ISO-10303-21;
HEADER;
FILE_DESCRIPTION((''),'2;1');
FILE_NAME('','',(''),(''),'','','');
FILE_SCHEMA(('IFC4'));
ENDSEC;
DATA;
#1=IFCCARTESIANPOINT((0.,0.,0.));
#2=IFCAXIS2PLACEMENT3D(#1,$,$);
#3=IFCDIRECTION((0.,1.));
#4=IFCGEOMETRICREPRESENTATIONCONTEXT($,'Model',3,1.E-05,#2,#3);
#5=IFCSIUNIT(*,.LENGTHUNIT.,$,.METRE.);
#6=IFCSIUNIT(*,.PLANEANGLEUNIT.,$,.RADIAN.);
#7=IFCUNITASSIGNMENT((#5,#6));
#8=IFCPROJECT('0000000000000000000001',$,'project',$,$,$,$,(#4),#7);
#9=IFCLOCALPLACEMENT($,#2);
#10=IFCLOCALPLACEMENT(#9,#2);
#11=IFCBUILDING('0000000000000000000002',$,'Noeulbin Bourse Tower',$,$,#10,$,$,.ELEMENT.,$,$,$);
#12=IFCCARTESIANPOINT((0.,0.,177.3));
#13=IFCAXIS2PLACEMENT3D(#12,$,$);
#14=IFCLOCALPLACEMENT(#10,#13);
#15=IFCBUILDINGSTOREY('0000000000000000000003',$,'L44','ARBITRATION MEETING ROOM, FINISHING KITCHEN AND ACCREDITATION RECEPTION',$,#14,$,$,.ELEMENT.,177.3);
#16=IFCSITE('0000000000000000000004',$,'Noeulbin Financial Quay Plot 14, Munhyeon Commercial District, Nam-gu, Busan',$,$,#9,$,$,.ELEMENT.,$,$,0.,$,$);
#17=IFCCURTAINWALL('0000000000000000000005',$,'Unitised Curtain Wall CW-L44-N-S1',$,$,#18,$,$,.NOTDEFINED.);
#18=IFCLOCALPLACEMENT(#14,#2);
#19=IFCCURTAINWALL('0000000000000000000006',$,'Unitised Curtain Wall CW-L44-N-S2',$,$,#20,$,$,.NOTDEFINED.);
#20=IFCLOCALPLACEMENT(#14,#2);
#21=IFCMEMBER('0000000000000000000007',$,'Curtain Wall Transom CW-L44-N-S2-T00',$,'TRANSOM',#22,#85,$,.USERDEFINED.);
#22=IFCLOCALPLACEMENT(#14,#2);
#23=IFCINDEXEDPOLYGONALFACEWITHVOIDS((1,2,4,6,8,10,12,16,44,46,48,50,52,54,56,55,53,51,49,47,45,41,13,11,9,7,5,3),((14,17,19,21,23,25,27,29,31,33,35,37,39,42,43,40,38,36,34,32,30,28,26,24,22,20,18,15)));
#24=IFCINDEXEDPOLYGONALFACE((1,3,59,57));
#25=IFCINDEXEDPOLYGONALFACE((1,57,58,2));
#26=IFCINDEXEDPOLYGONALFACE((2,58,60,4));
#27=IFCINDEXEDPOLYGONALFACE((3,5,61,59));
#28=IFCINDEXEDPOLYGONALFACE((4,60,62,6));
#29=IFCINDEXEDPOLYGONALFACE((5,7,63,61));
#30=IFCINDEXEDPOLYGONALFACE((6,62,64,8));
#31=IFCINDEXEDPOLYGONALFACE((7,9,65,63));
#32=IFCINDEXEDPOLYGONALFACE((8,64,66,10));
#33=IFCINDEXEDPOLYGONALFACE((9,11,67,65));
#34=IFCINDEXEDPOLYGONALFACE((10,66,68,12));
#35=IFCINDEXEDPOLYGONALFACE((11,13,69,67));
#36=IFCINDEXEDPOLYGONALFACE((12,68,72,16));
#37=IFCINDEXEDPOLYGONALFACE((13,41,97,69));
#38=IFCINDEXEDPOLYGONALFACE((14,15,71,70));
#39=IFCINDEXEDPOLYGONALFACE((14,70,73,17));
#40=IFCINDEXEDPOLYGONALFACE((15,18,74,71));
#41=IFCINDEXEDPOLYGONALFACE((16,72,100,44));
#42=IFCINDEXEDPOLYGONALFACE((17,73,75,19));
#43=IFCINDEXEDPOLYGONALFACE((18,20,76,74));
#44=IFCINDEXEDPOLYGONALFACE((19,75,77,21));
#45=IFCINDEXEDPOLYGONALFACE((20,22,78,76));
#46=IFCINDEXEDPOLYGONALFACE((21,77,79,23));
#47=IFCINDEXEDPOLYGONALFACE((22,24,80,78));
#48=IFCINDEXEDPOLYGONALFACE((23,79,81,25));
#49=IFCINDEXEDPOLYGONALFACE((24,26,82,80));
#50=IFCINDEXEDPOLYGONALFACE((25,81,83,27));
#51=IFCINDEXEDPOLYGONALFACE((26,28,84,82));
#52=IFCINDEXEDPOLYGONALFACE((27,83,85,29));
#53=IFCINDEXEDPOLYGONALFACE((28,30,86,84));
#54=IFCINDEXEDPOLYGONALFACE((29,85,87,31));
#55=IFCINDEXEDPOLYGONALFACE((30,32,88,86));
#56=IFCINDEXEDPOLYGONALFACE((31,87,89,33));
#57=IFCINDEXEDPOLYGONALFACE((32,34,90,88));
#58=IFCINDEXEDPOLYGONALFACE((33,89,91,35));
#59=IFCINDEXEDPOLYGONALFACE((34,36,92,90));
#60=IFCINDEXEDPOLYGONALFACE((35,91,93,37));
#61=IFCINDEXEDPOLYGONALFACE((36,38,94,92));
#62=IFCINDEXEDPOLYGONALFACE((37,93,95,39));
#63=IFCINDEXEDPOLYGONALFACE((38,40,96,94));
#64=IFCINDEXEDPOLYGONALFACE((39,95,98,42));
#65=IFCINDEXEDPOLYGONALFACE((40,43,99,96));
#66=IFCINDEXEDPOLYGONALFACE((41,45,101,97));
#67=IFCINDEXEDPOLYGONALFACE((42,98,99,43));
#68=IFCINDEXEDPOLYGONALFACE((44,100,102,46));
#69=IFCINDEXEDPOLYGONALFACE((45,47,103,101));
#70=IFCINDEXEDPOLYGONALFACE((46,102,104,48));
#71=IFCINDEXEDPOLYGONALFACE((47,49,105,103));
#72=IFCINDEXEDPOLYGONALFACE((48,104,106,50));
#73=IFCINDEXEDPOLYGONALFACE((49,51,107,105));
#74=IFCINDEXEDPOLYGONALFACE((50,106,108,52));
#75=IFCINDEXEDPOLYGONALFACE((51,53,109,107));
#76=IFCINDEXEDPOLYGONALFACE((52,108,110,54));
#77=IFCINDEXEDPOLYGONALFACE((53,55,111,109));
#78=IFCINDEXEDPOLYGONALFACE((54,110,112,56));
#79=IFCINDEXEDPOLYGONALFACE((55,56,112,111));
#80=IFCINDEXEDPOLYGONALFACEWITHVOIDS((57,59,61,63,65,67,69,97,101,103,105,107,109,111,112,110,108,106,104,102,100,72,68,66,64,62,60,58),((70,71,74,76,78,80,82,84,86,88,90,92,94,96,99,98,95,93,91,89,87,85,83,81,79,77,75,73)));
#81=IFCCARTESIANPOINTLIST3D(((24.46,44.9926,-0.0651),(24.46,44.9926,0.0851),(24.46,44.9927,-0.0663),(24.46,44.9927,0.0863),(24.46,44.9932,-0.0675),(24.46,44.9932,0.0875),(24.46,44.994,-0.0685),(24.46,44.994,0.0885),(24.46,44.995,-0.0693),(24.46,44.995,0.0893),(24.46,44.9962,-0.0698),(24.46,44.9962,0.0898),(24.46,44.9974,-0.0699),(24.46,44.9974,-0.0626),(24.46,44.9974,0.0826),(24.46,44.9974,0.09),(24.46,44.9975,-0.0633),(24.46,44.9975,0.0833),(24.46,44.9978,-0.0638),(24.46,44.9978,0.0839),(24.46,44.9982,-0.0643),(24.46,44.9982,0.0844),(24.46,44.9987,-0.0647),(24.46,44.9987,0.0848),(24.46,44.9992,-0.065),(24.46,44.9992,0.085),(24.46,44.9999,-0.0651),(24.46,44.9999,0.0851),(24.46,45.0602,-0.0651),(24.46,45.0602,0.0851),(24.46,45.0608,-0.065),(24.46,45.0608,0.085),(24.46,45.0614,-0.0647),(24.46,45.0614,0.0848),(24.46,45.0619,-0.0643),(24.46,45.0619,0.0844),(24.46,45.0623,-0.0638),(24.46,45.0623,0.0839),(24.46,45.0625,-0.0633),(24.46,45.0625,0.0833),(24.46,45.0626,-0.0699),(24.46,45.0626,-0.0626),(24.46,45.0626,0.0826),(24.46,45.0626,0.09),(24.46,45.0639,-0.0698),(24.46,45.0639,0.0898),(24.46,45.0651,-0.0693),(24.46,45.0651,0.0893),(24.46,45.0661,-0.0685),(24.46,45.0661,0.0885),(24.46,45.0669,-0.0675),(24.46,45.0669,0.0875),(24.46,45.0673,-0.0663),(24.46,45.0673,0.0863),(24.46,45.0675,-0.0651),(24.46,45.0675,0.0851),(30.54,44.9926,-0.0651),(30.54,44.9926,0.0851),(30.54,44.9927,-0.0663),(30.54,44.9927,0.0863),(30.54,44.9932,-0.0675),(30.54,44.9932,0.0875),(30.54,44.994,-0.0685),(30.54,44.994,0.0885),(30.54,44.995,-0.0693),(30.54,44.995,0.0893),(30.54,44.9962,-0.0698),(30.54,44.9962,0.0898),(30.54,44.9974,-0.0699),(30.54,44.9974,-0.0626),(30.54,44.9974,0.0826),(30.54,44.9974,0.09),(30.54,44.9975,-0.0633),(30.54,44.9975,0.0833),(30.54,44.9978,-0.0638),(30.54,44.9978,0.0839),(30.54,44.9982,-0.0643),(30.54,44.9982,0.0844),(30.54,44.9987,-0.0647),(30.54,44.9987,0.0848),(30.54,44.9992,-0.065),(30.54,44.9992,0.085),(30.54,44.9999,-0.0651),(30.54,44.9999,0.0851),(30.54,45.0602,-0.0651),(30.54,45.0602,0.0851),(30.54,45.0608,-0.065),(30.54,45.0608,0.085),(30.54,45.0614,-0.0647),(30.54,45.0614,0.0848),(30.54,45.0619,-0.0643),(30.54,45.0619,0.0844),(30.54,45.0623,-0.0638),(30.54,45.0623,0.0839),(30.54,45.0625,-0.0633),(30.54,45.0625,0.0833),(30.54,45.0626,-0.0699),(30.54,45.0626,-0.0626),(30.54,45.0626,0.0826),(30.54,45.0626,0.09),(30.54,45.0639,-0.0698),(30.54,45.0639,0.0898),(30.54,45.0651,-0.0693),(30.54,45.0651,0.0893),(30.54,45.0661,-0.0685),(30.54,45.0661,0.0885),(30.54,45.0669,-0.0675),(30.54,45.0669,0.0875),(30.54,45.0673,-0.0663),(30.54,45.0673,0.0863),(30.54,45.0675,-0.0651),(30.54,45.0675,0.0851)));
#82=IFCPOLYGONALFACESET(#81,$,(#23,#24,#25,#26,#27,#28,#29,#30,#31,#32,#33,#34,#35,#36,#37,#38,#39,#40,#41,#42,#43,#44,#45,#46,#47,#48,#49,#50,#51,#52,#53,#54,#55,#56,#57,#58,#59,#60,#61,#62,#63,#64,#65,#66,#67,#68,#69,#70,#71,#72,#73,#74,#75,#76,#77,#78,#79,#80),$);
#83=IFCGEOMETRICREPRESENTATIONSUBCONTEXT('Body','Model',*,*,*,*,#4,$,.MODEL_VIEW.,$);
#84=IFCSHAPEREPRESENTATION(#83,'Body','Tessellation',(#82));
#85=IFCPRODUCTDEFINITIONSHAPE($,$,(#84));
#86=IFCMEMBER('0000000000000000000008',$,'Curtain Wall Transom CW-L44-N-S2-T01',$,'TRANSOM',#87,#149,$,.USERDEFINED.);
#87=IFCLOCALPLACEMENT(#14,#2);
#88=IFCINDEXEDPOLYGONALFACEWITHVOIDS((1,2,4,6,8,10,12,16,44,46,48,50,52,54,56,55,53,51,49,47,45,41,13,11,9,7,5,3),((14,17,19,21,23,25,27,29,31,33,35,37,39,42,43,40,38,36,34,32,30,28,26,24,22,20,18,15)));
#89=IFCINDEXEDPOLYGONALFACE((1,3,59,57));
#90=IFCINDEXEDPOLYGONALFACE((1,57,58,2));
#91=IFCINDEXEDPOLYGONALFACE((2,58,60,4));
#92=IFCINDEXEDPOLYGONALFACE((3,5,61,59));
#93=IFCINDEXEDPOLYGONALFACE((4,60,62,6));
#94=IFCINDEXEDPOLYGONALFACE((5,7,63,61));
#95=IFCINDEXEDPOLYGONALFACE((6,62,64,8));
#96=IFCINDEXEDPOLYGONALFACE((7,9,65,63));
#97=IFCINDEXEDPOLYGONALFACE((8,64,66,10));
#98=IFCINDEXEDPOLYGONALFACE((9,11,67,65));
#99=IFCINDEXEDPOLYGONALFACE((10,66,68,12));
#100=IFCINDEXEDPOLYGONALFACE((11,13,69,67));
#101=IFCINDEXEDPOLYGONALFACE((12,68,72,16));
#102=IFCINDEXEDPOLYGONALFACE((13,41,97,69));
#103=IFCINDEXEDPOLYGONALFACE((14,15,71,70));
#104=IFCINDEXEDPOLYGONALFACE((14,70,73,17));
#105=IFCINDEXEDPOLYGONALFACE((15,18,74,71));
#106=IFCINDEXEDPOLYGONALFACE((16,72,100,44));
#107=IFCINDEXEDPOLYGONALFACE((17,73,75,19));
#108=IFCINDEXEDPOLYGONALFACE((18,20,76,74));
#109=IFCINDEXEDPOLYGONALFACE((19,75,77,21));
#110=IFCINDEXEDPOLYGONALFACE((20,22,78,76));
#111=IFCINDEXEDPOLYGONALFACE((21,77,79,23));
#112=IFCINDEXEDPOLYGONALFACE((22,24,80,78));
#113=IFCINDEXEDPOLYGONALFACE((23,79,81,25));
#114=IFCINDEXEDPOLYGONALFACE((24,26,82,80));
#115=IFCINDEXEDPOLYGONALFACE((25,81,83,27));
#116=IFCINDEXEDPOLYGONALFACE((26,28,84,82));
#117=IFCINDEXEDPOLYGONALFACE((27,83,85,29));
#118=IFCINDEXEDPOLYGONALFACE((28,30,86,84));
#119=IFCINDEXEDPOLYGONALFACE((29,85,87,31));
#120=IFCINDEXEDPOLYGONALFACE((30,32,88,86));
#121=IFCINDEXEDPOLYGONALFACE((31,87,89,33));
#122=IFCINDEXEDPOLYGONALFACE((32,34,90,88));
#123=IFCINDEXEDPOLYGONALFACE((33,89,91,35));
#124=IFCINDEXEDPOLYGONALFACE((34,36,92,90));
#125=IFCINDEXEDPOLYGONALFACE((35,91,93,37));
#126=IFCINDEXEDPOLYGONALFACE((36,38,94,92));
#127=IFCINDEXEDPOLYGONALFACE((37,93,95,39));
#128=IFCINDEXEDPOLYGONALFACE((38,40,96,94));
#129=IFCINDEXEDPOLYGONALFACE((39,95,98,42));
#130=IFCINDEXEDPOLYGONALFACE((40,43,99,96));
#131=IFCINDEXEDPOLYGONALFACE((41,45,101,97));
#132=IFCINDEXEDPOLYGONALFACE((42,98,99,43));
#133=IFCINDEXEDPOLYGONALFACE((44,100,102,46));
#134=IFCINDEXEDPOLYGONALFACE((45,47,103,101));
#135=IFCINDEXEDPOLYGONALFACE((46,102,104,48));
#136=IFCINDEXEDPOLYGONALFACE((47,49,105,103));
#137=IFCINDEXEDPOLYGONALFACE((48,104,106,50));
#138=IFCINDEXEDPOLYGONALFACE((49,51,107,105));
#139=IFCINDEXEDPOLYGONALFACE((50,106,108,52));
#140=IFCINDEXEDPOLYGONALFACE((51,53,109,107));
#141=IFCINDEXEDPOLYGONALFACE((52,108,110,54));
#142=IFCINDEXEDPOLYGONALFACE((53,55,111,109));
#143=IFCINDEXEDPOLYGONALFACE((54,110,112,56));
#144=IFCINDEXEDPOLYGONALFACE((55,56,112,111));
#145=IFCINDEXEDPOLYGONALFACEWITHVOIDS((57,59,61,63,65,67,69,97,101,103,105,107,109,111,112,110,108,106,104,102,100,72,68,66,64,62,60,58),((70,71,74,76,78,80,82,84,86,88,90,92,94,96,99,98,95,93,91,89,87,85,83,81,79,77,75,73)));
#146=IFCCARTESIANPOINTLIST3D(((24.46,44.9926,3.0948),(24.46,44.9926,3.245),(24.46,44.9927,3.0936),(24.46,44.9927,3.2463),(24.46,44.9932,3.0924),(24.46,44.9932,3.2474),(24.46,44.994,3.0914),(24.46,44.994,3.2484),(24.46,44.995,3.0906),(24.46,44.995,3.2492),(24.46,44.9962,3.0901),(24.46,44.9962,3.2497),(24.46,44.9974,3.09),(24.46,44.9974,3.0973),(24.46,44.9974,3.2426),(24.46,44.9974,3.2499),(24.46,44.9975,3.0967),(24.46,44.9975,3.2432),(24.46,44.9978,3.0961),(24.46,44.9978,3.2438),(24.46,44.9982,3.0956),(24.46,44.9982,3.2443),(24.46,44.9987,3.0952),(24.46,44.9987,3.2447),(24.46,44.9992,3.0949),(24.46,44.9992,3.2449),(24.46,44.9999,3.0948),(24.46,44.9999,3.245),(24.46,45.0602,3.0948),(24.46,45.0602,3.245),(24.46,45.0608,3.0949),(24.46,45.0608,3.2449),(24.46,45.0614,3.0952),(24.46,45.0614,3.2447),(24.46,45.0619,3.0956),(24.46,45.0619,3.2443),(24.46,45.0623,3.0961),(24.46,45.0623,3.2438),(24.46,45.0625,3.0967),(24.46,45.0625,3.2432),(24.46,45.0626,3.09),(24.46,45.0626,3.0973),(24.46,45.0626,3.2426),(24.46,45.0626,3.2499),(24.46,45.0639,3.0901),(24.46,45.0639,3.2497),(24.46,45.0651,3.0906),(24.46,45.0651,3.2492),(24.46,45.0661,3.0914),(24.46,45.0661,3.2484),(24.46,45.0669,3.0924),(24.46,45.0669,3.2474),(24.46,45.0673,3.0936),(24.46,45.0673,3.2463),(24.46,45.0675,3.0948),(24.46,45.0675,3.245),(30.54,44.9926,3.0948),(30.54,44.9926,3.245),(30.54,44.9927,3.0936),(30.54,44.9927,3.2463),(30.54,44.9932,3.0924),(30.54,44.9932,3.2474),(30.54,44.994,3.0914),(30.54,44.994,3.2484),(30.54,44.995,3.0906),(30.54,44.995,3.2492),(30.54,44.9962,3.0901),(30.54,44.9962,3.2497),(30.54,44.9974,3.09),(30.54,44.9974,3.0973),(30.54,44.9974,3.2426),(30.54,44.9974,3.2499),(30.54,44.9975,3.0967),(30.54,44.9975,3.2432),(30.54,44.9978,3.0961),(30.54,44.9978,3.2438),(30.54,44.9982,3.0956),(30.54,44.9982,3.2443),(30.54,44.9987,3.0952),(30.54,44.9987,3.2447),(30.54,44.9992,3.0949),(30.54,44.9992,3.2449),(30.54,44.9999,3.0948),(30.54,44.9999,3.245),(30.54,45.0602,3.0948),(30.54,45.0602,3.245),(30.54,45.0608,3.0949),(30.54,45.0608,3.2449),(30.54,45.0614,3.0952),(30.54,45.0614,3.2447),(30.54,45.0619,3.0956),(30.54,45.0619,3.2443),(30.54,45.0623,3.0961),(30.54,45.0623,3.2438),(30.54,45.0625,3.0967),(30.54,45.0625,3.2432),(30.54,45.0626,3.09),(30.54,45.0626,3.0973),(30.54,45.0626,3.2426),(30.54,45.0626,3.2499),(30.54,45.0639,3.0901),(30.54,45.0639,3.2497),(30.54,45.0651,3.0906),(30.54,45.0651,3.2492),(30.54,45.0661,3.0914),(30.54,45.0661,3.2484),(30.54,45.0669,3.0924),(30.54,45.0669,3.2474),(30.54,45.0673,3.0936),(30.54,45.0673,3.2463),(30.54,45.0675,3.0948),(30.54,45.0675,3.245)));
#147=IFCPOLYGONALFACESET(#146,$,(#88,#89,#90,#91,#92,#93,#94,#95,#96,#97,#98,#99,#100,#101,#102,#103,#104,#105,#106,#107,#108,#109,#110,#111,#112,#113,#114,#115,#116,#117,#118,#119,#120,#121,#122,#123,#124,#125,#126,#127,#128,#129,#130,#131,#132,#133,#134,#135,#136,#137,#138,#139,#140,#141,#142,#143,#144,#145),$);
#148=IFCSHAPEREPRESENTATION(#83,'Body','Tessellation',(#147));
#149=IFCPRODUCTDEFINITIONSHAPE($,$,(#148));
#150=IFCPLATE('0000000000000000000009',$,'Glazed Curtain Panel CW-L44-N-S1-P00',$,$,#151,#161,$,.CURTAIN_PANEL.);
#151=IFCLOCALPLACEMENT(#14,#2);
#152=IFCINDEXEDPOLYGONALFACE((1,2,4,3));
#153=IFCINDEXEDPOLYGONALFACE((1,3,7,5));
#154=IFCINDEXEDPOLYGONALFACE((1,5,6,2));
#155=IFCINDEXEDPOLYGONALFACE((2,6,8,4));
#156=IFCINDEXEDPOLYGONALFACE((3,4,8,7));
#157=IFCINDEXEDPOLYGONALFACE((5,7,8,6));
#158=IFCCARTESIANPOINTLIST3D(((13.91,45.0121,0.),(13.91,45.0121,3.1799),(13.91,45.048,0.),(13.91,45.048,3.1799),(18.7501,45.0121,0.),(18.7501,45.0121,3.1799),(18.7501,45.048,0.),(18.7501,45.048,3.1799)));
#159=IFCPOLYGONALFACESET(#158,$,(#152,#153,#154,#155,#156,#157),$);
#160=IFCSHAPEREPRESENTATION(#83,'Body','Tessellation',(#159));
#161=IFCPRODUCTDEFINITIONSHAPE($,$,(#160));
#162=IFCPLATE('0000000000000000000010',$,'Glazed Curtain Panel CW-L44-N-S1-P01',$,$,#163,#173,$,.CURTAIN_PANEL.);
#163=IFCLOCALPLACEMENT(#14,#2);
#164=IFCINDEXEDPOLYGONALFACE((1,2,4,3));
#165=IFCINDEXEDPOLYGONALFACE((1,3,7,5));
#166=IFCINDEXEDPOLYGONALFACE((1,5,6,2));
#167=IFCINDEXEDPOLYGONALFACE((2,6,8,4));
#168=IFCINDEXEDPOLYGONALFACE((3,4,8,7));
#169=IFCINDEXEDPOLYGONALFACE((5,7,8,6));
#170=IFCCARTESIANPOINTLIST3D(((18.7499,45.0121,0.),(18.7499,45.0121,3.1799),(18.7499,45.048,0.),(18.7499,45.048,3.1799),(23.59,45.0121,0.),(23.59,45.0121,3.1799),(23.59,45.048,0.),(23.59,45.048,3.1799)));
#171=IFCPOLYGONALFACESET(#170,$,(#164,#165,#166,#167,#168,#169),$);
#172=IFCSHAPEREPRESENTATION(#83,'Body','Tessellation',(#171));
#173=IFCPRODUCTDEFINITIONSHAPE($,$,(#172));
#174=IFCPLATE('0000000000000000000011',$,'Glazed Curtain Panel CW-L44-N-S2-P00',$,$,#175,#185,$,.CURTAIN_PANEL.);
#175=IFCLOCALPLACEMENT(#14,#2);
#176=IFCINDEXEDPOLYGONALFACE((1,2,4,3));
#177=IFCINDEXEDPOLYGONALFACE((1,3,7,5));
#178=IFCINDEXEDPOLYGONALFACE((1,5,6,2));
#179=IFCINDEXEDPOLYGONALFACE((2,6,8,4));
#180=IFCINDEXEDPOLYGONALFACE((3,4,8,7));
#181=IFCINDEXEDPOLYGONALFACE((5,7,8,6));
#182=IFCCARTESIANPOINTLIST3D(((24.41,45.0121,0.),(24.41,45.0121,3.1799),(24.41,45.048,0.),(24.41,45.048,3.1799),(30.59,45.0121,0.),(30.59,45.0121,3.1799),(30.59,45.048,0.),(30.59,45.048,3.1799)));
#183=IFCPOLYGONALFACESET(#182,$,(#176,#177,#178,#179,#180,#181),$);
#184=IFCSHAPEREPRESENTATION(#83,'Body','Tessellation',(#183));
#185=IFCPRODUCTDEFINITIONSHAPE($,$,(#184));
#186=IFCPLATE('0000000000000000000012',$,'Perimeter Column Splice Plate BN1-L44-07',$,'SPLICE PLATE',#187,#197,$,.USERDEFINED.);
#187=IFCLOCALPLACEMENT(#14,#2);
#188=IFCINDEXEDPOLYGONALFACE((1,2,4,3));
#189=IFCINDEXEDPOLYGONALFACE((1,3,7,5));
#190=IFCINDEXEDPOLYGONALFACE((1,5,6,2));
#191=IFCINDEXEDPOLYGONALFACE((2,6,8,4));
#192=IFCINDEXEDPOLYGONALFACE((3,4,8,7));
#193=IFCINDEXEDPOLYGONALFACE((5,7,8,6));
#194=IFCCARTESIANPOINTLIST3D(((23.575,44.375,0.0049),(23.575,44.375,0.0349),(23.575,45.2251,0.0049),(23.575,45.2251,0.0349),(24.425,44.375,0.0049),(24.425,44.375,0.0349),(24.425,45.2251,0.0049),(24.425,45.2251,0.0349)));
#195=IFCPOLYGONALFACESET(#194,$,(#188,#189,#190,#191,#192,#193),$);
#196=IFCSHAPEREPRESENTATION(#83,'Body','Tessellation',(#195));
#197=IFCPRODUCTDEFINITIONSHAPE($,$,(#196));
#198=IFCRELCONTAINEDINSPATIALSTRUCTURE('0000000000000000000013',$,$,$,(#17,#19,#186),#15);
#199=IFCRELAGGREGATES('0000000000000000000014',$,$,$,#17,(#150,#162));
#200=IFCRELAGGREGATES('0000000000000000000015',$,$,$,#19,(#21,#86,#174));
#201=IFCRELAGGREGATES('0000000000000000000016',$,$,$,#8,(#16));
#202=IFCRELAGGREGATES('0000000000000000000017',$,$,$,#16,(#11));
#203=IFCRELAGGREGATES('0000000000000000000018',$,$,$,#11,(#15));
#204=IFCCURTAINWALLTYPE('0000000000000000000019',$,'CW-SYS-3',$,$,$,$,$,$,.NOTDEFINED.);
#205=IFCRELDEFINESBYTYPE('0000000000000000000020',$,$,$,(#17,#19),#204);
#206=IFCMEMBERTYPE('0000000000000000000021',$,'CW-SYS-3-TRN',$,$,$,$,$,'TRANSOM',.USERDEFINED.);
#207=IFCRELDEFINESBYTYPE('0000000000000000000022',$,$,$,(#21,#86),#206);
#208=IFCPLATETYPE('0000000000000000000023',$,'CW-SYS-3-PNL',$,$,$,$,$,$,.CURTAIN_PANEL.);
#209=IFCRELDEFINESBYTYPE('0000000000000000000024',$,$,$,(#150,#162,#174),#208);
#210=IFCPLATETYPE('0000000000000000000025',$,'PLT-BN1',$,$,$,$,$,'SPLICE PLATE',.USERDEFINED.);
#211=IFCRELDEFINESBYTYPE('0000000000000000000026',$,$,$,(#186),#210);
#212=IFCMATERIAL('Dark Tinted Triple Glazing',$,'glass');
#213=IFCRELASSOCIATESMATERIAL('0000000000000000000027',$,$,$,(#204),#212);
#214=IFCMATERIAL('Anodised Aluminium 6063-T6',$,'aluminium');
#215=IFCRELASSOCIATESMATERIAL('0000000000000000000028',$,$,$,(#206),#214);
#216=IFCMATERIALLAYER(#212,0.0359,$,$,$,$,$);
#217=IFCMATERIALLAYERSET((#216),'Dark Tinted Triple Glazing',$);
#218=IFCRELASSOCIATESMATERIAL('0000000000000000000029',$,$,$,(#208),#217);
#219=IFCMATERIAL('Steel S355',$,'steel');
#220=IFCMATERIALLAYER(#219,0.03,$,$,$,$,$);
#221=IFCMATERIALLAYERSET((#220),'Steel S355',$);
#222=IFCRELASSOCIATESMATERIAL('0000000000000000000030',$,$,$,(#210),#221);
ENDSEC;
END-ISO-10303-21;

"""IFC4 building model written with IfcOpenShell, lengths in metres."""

from ifc_helpers import new_model, si_unit, direction, frame, origin, origin_2d, place, context, subcontext, project, spatial, rectangle, hollow_rectangle, extrude, material, layer, layer_set, material_profile, profile_set, type_object, element, aggregate, save


model = new_model("IFC4")

# Units and contexts
model_context = context("Model", 3, precision=1e-05, world=origin(), true_north=direction((0.0, 1.0)))
body_context = subcontext(model_context, "Body", "Model", "MODEL_VIEW")
ifc_project = project(units=[si_unit("LENGTHUNIT", "METRE"), si_unit("PLANEANGLEUNIT", "RADIAN")], contexts=[model_context])

# Site, building, storey
site_placement = place(None, origin())
site = spatial("IfcSite", under=ifc_project, at=site_placement, Name="Noeulbin Financial Quay Plot 14, Munhyeon Commercial District, Nam-gu, Busan", CompositionType="ELEMENT", RefElevation=0.0)
building_placement = place(site_placement, origin())
building = spatial("IfcBuilding", under=site, at=building_placement, Name="Noeulbin Bourse Tower", CompositionType="ELEMENT")
storey_placement = place(building_placement, frame((0.0, 0.0, 177.3)))
storey = spatial("IfcBuildingStorey", under=building, at=storey_placement, Name="L44", Description="ARBITRATION MEETING ROOM, FINISHING KITCHEN AND ACCREDITATION RECEPTION", CompositionType="ELEMENT", Elevation=177.3)

# Shared definitions
ifc_material_1 = material(Name="Steel S355", Category="steel")

# Curtain walls, members
ifc_material_2 = material(Name="Dark Tinted Triple Glazing", Category="glass")
curtain_wall_type = type_object("IfcCurtainWallType", Name="CW-SYS-3", PredefinedType="NOTDEFINED", material=ifc_material_2)
curtain_wall_1_placement = place(storey_placement, origin())
curtain_wall_1 = element("IfcCurtainWall", 1, at=curtain_wall_1_placement, inside=storey, type_object=curtain_wall_type, Name="Unitised Curtain Wall CW-L44-N-S1", PredefinedType="NOTDEFINED")
ifc_material_3 = material(Name="Anodised Aluminium 6063-T6", Category="aluminium")
curtain_wall_2_placement = place(storey_placement, origin())
curtain_wall_2 = element("IfcCurtainWall", 2, at=curtain_wall_2_placement, inside=storey, type_object=curtain_wall_type, Name="Unitised Curtain Wall CW-L44-N-S2", PredefinedType="NOTDEFINED")
ifc_material_profile_1 = material_profile(ifc_material_3, hollow_rectangle(XDim=0.075, YDim=0.1599, WallThickness=0.0049, InnerFilletRadius=0.0024, OuterFilletRadius=0.0049, at=origin_2d()), Name="ALU-TRAN-75x160x5", Category="LoadBearing")
ifc_profile_set_1 = profile_set([ifc_material_profile_1], Name="Anodised Aluminium 6063-T6")
member_type_1 = type_object("IfcMemberType", Name="CW-SYS-3-TRN", ElementType="TRANSOM", PredefinedType="USERDEFINED", material=ifc_profile_set_1)
member_1_placement = place(storey_placement, frame((24.46, 45.03, 0.01), z_axis=(1.0, 0.0, 0.0), x_axis=(0.0, 1.0, 0.0)))
member_1 = element("IfcMember", 3, at=member_1_placement, type_object=member_type_1, Name="Curtain Wall Transom CW-L44-N-S2-T00", ObjectType="TRANSOM", PredefinedType="USERDEFINED", context=body_context, shape_type="SweptSolid", body=[
    extrude(hollow_rectangle(XDim=0.075, YDim=0.1599, WallThickness=0.0049, InnerFilletRadius=0.0024, OuterFilletRadius=0.0049, at=origin_2d()), origin(), (0.0, 0.0, 1.0), 6.0801),
])
member_2_placement = place(storey_placement, frame((24.46, 45.03, 3.1699), z_axis=(1.0, 0.0, 0.0), x_axis=(0.0, 1.0, 0.0)))
member_2 = element("IfcMember", 4, at=member_2_placement, type_object=member_type_1, Name="Curtain Wall Transom CW-L44-N-S2-T01", ObjectType="TRANSOM", PredefinedType="USERDEFINED", context=body_context, shape_type="SweptSolid", body=[
    extrude(hollow_rectangle(XDim=0.075, YDim=0.1599, WallThickness=0.0049, InnerFilletRadius=0.0024, OuterFilletRadius=0.0049, at=origin_2d()), origin(), (0.0, 0.0, 1.0), 6.0801),
])

# Plates
ifc_layer_1 = layer(ifc_material_2, 0.0359)
ifc_layer_set_1 = layer_set([ifc_layer_1], Name="Dark Tinted Triple Glazing")
plate_type_1 = type_object("IfcPlateType", Name="CW-SYS-3-PNL", PredefinedType="CURTAIN_PANEL", material=ifc_layer_set_1)
plate_1_placement = place(storey_placement, frame((16.3301, 45.03, 0.0), z_axis=(0.0, 0.0, 1.0), x_axis=(1.0, 0.0, 0.0)))
plate_1 = element("IfcPlate", 5, at=plate_1_placement, type_object=plate_type_1, Name="Glazed Curtain Panel CW-L44-N-S1-P00", PredefinedType="CURTAIN_PANEL", context=body_context, shape_type="SweptSolid", body=[
    extrude(rectangle(XDim=4.8401, YDim=0.0359, at=origin_2d()), origin(), (0.0, 0.0, 1.0), 3.1799),
])
plate_2_placement = place(storey_placement, frame((21.1699, 45.03, 0.0), z_axis=(0.0, 0.0, 1.0), x_axis=(1.0, 0.0, 0.0)))
plate_2 = element("IfcPlate", 6, at=plate_2_placement, type_object=plate_type_1, Name="Glazed Curtain Panel CW-L44-N-S1-P01", PredefinedType="CURTAIN_PANEL", context=body_context, shape_type="SweptSolid", body=[
    extrude(rectangle(XDim=4.8401, YDim=0.0359, at=origin_2d()), origin(), (0.0, 0.0, 1.0), 3.1799),
])
aggregate(curtain_wall_1, [plate_1, plate_2])
plate_3_placement = place(storey_placement, frame((27.5, 45.03, 0.0), z_axis=(0.0, 0.0, 1.0), x_axis=(1.0, 0.0, 0.0)))
plate_3 = element("IfcPlate", 7, at=plate_3_placement, type_object=plate_type_1, Name="Glazed Curtain Panel CW-L44-N-S2-P00", PredefinedType="CURTAIN_PANEL", context=body_context, shape_type="SweptSolid", body=[
    extrude(rectangle(XDim=6.1799, YDim=0.0359, at=origin_2d()), origin(), (0.0, 0.0, 1.0), 3.1799),
])
aggregate(curtain_wall_2, [member_1, member_2, plate_3])
ifc_layer_2 = layer(ifc_material_1, 0.03)
ifc_layer_set_2 = layer_set([ifc_layer_2], Name="Steel S355")
plate_type_2 = type_object("IfcPlateType", Name="PLT-BN1", ElementType="SPLICE PLATE", PredefinedType="USERDEFINED", material=ifc_layer_set_2)
plate_4_placement = place(storey_placement, frame((24.0, 44.8, 0.0049), z_axis=(0.0, 0.0, 1.0), x_axis=(1.0, 0.0, 0.0)))
element("IfcPlate", 8, at=plate_4_placement, inside=storey, type_object=plate_type_2, Name="Perimeter Column Splice Plate BN1-L44-07", ObjectType="SPLICE PLATE", PredefinedType="USERDEFINED", context=body_context, shape_type="SweptSolid", body=[
    extrude(rectangle(XDim=0.8501, YDim=0.8501, at=origin_2d()), origin(), (0.0, 0.0, 1.0), 0.03),
])

save(model, "model.ifc")
